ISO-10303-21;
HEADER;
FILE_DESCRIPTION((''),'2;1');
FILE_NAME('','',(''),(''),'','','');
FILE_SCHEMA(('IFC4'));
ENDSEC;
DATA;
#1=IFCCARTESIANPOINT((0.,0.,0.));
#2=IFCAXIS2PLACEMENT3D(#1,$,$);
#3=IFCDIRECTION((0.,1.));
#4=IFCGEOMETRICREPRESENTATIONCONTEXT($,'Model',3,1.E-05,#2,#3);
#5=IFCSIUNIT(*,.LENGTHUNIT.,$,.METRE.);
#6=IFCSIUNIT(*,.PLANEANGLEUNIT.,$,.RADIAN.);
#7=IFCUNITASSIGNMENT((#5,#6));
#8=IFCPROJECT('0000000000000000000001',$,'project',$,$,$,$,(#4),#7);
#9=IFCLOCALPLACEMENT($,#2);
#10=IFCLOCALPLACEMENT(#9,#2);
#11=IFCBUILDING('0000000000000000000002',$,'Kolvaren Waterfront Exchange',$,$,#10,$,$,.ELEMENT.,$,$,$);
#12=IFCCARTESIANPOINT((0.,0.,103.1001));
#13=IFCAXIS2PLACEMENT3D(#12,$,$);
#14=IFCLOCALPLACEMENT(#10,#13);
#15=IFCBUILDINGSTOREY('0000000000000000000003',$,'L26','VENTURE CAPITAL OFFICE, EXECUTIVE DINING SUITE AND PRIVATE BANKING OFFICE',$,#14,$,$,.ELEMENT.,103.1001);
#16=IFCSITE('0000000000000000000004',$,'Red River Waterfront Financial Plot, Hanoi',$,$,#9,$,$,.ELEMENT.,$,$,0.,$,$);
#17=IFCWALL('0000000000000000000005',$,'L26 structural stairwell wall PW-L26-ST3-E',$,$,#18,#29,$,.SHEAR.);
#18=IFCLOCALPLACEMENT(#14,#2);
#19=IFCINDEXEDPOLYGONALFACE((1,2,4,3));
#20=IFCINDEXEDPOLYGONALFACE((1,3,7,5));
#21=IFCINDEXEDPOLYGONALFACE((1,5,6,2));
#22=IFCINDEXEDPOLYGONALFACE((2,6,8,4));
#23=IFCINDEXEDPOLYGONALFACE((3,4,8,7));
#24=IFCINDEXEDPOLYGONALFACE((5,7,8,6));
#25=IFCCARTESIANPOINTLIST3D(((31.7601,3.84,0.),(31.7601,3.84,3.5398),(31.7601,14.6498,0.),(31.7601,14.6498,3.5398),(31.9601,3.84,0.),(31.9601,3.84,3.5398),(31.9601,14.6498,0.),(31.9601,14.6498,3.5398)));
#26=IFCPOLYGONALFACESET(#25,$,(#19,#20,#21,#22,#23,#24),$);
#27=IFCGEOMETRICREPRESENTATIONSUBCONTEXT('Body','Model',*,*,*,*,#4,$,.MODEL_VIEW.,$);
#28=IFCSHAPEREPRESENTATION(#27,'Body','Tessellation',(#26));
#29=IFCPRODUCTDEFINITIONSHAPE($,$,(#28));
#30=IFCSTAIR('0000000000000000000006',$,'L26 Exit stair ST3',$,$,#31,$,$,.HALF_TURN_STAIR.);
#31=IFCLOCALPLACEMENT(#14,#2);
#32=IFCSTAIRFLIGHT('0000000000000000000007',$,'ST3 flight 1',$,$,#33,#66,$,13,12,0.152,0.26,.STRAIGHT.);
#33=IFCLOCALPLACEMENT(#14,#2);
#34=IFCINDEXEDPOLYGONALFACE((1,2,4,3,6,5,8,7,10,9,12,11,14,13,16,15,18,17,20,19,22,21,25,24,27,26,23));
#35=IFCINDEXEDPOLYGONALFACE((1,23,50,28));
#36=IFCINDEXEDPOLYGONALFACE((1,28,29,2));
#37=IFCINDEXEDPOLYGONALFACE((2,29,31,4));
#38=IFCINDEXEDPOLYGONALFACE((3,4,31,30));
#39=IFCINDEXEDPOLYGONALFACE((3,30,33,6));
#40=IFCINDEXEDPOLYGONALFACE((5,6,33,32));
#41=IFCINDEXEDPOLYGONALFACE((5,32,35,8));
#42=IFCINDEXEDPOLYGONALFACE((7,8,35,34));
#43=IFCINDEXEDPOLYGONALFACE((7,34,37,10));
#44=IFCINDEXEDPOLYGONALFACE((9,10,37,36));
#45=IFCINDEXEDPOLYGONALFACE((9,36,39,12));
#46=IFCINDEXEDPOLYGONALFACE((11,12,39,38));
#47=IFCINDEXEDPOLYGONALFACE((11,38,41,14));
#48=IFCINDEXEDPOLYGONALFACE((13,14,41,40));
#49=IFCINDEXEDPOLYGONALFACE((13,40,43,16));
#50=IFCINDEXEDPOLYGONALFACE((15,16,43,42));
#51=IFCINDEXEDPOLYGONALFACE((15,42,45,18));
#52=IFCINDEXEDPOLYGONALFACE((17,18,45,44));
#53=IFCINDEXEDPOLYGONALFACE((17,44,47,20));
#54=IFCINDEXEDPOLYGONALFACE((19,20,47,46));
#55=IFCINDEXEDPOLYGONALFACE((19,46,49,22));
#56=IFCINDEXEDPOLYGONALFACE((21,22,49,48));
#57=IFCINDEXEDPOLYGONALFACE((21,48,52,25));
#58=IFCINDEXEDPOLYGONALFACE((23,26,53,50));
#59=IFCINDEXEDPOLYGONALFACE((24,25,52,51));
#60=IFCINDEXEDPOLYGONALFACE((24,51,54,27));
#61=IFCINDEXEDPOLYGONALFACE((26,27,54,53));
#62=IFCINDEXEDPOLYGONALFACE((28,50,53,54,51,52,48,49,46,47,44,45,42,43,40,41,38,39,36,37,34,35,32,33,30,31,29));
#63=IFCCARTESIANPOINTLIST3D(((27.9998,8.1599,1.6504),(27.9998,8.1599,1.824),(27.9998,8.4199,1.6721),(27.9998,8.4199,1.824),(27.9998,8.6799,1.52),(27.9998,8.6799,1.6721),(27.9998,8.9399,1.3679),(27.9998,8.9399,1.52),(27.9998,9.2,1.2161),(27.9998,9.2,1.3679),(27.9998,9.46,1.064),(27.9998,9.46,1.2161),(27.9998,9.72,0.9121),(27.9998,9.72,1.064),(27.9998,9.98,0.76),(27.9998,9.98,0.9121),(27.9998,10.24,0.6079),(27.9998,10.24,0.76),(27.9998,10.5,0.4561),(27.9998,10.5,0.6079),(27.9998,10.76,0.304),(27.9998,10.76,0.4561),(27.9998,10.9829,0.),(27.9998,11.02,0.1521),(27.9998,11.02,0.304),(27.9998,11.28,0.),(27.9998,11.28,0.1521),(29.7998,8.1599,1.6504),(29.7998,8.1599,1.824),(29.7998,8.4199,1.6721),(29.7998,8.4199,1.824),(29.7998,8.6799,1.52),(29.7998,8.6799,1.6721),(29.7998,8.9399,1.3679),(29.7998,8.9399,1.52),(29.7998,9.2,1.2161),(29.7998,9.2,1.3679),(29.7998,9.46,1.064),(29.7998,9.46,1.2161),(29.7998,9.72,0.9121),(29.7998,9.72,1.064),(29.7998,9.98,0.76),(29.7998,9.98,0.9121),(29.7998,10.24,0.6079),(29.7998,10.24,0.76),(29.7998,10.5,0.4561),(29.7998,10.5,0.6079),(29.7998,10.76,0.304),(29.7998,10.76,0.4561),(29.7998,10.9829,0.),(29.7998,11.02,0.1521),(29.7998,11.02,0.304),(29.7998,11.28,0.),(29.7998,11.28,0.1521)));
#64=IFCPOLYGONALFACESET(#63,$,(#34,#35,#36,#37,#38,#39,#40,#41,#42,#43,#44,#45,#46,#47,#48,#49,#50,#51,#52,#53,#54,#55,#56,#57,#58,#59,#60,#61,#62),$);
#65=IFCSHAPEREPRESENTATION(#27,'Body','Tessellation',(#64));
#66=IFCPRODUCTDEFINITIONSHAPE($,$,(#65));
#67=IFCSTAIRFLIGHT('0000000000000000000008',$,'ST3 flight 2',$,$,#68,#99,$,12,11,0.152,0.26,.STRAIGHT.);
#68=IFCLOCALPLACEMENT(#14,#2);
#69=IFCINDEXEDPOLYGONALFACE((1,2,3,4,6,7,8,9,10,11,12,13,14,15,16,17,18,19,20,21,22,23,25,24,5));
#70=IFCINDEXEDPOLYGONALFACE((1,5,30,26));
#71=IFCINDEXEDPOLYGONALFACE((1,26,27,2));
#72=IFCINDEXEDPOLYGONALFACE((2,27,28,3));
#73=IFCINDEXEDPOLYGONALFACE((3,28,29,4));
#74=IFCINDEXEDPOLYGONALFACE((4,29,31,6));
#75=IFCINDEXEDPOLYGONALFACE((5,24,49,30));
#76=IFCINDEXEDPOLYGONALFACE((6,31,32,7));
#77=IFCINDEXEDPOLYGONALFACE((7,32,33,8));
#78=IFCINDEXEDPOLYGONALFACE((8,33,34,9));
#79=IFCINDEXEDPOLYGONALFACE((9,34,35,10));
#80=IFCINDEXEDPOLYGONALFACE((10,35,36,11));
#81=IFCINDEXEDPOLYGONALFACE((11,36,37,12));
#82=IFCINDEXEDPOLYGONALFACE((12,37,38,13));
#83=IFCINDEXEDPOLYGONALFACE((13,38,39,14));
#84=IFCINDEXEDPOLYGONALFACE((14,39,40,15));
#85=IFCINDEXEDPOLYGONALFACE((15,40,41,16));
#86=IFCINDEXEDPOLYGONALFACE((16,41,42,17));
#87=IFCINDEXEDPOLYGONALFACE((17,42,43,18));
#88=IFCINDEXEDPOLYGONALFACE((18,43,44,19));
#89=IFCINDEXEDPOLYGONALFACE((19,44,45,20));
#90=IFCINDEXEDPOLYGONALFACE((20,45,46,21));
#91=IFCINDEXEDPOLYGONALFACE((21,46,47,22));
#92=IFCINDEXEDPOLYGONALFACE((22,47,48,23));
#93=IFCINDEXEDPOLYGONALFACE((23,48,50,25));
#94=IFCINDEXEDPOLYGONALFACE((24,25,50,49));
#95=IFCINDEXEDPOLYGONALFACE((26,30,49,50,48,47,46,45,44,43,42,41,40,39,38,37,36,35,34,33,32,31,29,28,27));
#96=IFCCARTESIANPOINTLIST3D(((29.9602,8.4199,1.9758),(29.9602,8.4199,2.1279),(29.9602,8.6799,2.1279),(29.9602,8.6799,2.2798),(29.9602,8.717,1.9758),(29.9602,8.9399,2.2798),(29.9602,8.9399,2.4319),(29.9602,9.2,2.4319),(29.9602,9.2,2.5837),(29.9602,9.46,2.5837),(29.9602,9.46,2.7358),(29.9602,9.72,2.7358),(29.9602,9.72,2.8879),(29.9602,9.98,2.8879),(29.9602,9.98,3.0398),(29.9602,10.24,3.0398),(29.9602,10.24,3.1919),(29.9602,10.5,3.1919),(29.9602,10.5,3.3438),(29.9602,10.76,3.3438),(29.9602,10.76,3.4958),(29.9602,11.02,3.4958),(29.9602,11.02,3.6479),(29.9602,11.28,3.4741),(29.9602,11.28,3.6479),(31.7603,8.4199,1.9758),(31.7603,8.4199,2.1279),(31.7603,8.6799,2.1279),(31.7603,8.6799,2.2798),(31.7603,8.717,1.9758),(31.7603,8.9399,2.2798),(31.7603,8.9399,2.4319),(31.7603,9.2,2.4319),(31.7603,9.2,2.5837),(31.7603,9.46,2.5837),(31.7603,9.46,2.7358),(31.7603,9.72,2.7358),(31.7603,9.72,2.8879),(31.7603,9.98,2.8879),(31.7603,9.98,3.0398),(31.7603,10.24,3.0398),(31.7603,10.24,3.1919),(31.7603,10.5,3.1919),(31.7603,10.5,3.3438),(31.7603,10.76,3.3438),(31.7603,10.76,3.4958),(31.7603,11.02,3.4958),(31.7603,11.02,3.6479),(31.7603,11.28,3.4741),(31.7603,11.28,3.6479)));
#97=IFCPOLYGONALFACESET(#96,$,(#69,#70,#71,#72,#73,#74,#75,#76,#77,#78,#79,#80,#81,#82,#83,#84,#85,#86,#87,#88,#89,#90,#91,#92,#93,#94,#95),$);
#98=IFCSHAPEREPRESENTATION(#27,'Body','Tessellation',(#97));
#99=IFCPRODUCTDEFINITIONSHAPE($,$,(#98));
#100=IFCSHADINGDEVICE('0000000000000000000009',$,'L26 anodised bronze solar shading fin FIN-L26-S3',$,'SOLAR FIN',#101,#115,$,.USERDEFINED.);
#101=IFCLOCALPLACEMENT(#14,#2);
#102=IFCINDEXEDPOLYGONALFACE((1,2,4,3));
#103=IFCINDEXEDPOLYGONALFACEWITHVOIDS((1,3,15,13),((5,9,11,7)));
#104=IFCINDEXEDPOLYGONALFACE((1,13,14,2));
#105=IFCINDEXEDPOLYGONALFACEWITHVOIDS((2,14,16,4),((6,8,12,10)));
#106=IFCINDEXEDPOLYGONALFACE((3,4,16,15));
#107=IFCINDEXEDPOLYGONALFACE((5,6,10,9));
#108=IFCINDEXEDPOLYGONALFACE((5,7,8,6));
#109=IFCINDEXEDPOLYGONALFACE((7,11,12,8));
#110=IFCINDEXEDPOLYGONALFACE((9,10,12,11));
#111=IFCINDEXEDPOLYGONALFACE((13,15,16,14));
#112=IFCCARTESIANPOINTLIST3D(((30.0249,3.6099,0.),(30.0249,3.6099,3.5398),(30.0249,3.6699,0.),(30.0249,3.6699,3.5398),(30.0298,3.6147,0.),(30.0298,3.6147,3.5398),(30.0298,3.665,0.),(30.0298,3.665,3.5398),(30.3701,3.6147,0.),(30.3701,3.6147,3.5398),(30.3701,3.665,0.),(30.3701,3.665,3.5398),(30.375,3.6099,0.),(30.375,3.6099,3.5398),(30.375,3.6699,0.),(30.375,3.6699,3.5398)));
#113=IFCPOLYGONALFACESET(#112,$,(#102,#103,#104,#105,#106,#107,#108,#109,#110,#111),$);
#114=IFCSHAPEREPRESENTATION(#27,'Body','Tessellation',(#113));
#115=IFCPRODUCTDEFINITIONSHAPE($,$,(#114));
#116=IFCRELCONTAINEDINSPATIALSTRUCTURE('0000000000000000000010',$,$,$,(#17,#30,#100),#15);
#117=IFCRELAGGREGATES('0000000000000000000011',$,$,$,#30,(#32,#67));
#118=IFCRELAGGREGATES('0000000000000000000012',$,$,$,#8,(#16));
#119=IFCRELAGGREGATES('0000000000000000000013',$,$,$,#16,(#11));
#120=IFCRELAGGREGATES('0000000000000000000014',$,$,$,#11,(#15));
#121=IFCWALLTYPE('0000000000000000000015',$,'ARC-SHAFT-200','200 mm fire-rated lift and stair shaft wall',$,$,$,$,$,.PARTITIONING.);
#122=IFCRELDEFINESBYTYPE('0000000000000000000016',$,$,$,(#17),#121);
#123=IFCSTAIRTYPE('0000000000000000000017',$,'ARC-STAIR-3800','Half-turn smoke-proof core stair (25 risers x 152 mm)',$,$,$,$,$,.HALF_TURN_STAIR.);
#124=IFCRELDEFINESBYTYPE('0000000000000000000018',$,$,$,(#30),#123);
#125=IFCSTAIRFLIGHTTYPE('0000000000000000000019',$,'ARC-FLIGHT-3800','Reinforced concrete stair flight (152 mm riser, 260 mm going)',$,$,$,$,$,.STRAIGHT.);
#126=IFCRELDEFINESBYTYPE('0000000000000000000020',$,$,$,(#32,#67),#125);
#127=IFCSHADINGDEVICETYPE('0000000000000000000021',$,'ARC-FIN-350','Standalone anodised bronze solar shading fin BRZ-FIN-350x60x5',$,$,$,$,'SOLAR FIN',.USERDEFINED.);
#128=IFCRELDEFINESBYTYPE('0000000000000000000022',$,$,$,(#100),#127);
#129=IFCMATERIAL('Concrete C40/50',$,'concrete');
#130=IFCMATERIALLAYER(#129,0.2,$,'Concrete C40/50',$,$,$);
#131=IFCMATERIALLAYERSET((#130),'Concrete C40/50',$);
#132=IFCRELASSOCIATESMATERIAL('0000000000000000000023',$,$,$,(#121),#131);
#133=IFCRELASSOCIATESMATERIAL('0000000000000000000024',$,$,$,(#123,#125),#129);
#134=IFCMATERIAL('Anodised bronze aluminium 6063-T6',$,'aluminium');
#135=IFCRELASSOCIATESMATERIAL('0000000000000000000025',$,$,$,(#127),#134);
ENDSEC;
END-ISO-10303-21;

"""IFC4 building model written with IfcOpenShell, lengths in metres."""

from ifc_helpers import new_model, si_unit, direction, frame, frame_2d, origin, origin_2d, place, context, subcontext, project, spatial, polyline, rectangle, hollow_rectangle, outline, extrude, material, layer, layer_set, material_profile, profile_set, type_object, element, aggregate, save


model = new_model("IFC4")

# Units and contexts
model_context = context("Model", 3, precision=1e-05, world=origin(), true_north=direction((0.0, 1.0)))
body_context = subcontext(model_context, "Body", "Model", "MODEL_VIEW")
ifc_project = project(units=[si_unit("LENGTHUNIT", "METRE"), si_unit("PLANEANGLEUNIT", "RADIAN")], contexts=[model_context])

# Site, building, storey
site_placement = place(None, origin())
site = spatial("IfcSite", under=ifc_project, at=site_placement, Name="Red River Waterfront Financial Plot, Hanoi", CompositionType="ELEMENT", RefElevation=0.0)
building_placement = place(site_placement, origin())
building = spatial("IfcBuilding", under=site, at=building_placement, Name="Kolvaren Waterfront Exchange", CompositionType="ELEMENT")
storey_placement = place(building_placement, frame((0.0, 0.0, 103.1001)))
storey = spatial("IfcBuildingStorey", under=building, at=storey_placement, Name="L26", Description="VENTURE CAPITAL OFFICE, EXECUTIVE DINING SUITE AND PRIVATE BANKING OFFICE", CompositionType="ELEMENT", Elevation=103.1001)

# Shared definitions
ifc_material_1 = material(Name="Anodised bronze aluminium 6063-T6", Category="aluminium")

# Wall
ifc_material_2 = material(Name="Concrete C40/50", Category="concrete")
ifc_layer_1 = layer(ifc_material_2, 0.2, Name="Concrete C40/50")
ifc_layer_set_1 = layer_set([ifc_layer_1], Name="Concrete C40/50")
wall_type = type_object("IfcWallType", Name="ARC-SHAFT-200", Description="200 mm fire-rated lift and stair shaft wall", PredefinedType="PARTITIONING", material=ifc_layer_set_1)
wall_1_placement = place(storey_placement, frame((31.8601, 3.8401, 0.0), z_axis=(0.0, 0.0, 1.0), x_axis=(0.0, 1.0, 0.0)))
element("IfcWall", 1, at=wall_1_placement, inside=storey, type_object=wall_type, Name="L26 structural stairwell wall PW-L26-ST3-E", PredefinedType="SHEAR", context=body_context, shape_type="SweptSolid", body=[
    extrude(rectangle(XDim=10.8098, YDim=0.2, at=frame_2d((5.4048, 0.0))), origin(), (0.0, 0.0, 1.0), 3.5398),
])

# Stair, stair flights
stair_type = type_object("IfcStairType", Name="ARC-STAIR-3800", Description="Half-turn smoke-proof core stair (25 risers x 152 mm)", PredefinedType="HALF_TURN_STAIR", material=ifc_material_2)
stair_placement = place(storey_placement, origin())
stair = element("IfcStair", 2, at=stair_placement, inside=storey, type_object=stair_type, Name="L26 Exit stair ST3", PredefinedType="HALF_TURN_STAIR")
stair_flight_type = type_object("IfcStairFlightType", Name="ARC-FLIGHT-3800", Description="Reinforced concrete stair flight (152 mm riser, 260 mm going)", PredefinedType="STRAIGHT", material=ifc_material_2)
stair_flight_1_placement = place(storey_placement, frame((28.8999, 11.28, 0.0), z_axis=(0.0, 0.0, 1.0), x_axis=(0.0, -1.0, 0.0)))
stair_flight_1 = element("IfcStairFlight", 3, at=stair_flight_1_placement, type_object=stair_flight_type, Name="ST3 flight 1", NumberOfRisers=13, NumberOfTreads=12, PredefinedType="STRAIGHT", RiserHeight=0.152, TreadLength=0.26, context=body_context, shape_type="SweptSolid", body=[
    extrude(outline(polyline([(0.0, 0.0), (0.0, 0.1521), (0.26, 0.1521), (0.26, 0.304), (0.52, 0.304), (0.52, 0.4561), (0.78, 0.4561), (0.78, 0.6079), (1.04, 0.6079), (1.04, 0.76), (1.3, 0.76), (1.3, 0.9121), (1.5601, 0.9121), (1.5601, 1.064), (1.8201, 1.064), (1.8201, 1.2161), (2.0801, 1.2161), (2.0801, 1.3679), (2.3401, 1.3679), (2.3401, 1.52), (2.6001, 1.52), (2.6001, 1.6721), (2.8601, 1.6721), (2.8601, 1.824), (3.1201, 1.824), (3.1201, 1.9761), (3.1201, 1.6504), (0.2971, 0.0), (0.0, 0.0)])), frame((0.0, 0.8999, 0.0), z_axis=(0.0, -1.0, 0.0), x_axis=(1.0, 0.0, 0.0)), (0.0, 0.0, 1.0), 1.8),
])
stair_flight_2_placement = place(storey_placement, frame((30.8601, 8.4199, 1.9758), z_axis=(0.0, 0.0, 1.0), x_axis=(0.0, 1.0, 0.0)))
stair_flight_2 = element("IfcStairFlight", 4, at=stair_flight_2_placement, type_object=stair_flight_type, Name="ST3 flight 2", NumberOfRisers=12, NumberOfTreads=11, PredefinedType="STRAIGHT", RiserHeight=0.152, TreadLength=0.26, context=body_context, shape_type="SweptSolid", body=[
    extrude(outline(polyline([(0.0, 0.0), (0.0, 0.1521), (0.26, 0.1521), (0.26, 0.304), (0.52, 0.304), (0.52, 0.4561), (0.78, 0.4561), (0.78, 0.6079), (1.04, 0.6079), (1.04, 0.76), (1.3, 0.76), (1.3, 0.9121), (1.5601, 0.9121), (1.5601, 1.064), (1.8201, 1.064), (1.8201, 1.2161), (2.0801, 1.2161), (2.0801, 1.3679), (2.3401, 1.3679), (2.3401, 1.52), (2.6001, 1.52), (2.6001, 1.6721), (2.8601, 1.6721), (2.8601, 1.824), (2.8601, 1.4983), (0.2971, 0.0), (0.0, 0.0)])), frame((0.0, 0.8999, 0.0), z_axis=(0.0, -1.0, 0.0), x_axis=(1.0, 0.0, 0.0)), (0.0, 0.0, 1.0), 1.8),
])
aggregate(stair, [stair_flight_1, stair_flight_2])

# Shading device
ifc_material_profile_1 = material_profile(ifc_material_1, hollow_rectangle(XDim=0.0601, YDim=0.3501, WallThickness=0.0049, at=origin_2d()), Name="BRZ-FIN-350x60x5")
ifc_profile_set_1 = profile_set([ifc_material_profile_1], Name="Anodised bronze aluminium 6063-T6")
shading_device_type = type_object("IfcShadingDeviceType", Name="ARC-FIN-350", Description="Standalone anodised bronze solar shading fin BRZ-FIN-350x60x5", ElementType="SOLAR FIN", PredefinedType="USERDEFINED", material=ifc_profile_set_1)
shading_device_placement = place(storey_placement, frame((30.2, 3.6399, 0.0), z_axis=(0.0, 0.0, 1.0), x_axis=(0.0, -1.0, 0.0)))
element("IfcShadingDevice", 5, at=shading_device_placement, inside=storey, type_object=shading_device_type, Name="L26 anodised bronze solar shading fin FIN-L26-S3", ObjectType="SOLAR FIN", PredefinedType="USERDEFINED", context=body_context, shape_type="SweptSolid", body=[
    extrude(hollow_rectangle(XDim=0.0601, YDim=0.3501, WallThickness=0.0049, at=origin_2d()), origin(), (0.0, 0.0, 1.0), 3.5398),
])

save(model, "model.ifc")
